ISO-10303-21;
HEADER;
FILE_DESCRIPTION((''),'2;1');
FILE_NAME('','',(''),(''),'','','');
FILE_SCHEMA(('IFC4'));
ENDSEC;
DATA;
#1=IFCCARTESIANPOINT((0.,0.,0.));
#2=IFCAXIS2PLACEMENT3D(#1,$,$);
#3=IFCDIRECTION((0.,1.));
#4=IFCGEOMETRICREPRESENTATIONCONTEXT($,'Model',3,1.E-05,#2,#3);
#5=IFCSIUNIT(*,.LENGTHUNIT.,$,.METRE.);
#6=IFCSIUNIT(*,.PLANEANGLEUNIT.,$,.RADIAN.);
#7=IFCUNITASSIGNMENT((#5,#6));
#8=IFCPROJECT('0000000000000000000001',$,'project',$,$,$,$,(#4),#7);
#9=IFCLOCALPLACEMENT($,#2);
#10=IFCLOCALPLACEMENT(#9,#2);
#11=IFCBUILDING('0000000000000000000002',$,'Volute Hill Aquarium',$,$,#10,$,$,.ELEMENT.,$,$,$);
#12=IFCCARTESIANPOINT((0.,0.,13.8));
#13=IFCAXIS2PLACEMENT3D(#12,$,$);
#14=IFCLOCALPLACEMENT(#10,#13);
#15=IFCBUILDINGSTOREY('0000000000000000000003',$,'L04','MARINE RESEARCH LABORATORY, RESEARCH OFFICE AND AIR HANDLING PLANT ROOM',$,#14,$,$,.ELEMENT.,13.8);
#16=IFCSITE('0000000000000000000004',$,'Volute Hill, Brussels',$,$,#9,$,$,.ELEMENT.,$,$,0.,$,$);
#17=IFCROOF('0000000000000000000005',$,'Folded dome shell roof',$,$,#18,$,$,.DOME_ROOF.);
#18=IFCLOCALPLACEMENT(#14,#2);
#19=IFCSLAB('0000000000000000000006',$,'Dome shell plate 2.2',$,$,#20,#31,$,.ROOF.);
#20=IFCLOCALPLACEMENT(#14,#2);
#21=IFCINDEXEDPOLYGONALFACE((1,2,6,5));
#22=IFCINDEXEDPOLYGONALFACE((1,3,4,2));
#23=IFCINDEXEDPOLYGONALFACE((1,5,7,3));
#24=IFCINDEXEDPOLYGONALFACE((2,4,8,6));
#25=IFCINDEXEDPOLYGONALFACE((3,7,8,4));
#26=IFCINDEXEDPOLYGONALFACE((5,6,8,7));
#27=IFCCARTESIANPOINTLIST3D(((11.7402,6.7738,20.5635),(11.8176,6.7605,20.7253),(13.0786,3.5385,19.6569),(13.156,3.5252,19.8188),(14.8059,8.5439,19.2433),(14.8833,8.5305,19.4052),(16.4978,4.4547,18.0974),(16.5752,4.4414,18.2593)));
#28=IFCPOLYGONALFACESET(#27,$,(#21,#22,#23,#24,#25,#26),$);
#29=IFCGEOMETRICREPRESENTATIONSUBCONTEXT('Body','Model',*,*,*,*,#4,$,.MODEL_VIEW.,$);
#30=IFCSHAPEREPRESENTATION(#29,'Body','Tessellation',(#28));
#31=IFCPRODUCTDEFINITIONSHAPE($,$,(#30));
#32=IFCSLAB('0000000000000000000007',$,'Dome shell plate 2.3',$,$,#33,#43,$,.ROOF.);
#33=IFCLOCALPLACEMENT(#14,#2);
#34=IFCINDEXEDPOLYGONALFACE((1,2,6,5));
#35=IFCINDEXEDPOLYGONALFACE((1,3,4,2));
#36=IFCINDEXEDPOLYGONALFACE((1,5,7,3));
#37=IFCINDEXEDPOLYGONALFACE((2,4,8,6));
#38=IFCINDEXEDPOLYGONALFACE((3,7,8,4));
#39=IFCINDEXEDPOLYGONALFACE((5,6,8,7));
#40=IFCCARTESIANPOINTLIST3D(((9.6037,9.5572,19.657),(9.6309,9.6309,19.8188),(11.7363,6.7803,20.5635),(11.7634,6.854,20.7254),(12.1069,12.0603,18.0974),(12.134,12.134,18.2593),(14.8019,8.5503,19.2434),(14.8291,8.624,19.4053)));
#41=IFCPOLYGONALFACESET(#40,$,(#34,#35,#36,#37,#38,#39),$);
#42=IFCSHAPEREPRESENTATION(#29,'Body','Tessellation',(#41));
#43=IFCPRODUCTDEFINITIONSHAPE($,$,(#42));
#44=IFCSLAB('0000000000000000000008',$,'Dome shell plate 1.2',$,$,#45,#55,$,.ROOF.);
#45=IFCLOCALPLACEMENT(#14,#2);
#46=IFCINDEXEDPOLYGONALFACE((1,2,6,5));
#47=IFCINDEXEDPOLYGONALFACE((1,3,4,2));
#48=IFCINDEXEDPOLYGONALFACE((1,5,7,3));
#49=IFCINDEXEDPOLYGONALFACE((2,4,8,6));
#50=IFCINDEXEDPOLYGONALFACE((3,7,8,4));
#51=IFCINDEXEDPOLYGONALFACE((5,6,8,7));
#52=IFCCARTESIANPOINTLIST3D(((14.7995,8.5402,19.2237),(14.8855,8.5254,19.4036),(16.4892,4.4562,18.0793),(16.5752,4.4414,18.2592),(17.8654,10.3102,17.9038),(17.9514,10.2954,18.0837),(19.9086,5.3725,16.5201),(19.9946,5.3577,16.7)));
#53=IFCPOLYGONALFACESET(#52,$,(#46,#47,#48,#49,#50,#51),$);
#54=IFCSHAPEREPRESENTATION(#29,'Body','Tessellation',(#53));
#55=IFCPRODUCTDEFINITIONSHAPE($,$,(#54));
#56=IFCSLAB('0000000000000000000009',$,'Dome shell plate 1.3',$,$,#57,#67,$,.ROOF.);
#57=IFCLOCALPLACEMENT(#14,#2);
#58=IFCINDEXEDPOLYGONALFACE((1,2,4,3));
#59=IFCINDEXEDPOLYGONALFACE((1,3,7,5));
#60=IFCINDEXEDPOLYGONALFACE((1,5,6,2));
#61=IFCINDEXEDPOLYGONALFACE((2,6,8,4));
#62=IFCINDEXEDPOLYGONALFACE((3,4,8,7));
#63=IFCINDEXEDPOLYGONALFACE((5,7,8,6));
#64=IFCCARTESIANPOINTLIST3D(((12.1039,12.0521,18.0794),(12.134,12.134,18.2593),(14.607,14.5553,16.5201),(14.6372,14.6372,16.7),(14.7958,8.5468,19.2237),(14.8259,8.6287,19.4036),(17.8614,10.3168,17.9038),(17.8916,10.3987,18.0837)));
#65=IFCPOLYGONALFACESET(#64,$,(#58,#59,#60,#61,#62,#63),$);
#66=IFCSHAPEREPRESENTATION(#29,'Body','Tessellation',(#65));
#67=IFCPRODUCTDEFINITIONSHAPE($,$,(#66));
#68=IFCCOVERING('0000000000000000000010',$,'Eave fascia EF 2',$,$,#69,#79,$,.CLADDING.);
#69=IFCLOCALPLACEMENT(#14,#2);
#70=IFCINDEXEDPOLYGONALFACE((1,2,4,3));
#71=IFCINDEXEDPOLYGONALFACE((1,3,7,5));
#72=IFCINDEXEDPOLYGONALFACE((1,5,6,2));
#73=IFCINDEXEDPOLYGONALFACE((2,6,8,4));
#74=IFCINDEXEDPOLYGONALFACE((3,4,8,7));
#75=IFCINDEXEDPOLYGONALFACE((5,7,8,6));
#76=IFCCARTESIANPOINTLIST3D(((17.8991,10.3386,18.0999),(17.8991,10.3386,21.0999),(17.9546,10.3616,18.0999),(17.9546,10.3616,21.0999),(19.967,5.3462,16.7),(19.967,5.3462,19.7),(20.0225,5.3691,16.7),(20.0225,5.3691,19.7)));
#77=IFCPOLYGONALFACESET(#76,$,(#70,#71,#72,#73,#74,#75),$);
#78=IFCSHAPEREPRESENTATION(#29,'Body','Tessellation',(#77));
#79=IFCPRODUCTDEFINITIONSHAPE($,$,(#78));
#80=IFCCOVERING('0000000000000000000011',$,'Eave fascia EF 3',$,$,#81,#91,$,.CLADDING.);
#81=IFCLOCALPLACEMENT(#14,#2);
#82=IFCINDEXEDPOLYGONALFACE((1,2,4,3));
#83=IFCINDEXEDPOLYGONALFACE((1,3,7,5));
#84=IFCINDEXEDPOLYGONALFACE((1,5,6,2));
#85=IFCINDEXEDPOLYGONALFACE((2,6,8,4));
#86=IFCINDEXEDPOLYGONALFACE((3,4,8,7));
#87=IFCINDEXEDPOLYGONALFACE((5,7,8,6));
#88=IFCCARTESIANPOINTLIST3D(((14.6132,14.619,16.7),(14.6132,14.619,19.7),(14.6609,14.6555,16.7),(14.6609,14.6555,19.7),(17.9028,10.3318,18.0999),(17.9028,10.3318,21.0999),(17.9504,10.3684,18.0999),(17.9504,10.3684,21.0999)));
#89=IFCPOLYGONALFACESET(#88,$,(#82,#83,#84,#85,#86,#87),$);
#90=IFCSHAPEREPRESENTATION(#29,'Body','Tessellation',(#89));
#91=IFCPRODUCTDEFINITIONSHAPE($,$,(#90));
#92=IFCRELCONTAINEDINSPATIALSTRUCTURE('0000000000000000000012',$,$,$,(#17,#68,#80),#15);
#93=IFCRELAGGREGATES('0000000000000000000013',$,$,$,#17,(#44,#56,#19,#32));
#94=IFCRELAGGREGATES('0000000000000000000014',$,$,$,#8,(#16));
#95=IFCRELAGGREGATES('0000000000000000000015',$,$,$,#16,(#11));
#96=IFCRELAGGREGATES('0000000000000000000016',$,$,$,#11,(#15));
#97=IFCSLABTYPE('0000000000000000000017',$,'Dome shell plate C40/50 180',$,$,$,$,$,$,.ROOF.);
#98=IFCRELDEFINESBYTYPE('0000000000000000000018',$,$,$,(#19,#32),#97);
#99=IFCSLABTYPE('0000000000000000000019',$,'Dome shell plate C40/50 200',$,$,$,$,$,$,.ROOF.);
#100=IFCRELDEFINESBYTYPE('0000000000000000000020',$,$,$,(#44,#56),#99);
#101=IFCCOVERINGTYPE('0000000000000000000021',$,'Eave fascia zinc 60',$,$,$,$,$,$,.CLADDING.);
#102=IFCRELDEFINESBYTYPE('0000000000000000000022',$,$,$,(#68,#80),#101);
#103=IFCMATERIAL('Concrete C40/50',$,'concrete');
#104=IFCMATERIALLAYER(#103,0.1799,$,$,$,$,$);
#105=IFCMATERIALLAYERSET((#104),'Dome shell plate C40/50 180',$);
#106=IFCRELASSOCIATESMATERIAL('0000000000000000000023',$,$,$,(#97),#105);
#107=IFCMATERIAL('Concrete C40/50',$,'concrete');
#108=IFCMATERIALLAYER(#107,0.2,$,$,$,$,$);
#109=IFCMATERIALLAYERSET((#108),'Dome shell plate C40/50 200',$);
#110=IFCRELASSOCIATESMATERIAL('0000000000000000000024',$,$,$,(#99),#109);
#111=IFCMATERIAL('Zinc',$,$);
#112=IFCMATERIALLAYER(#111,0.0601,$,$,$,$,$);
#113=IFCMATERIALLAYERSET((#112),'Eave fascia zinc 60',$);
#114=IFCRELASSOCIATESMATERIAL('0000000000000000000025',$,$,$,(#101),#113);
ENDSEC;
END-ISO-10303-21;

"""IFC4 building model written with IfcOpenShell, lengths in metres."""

from ifc_helpers import new_model, si_unit, direction, frame, origin, place, context, subcontext, project, spatial, polyline, outline, extrude, material, layer, layer_set, type_object, element, aggregate, save


model = new_model("IFC4")

# Units and contexts
model_context = context("Model", 3, precision=1e-05, world=origin(), true_north=direction((0.0, 1.0)))
body_context = subcontext(model_context, "Body", "Model", "MODEL_VIEW")
ifc_project = project(units=[si_unit("LENGTHUNIT", "METRE"), si_unit("PLANEANGLEUNIT", "RADIAN")], contexts=[model_context])

# Site, building, storey
site_placement = place(None, origin())
site = spatial("IfcSite", under=ifc_project, at=site_placement, Name="Volute Hill, Brussels", CompositionType="ELEMENT", RefElevation=0.0)
building_placement = place(site_placement, origin())
building = spatial("IfcBuilding", under=site, at=building_placement, Name="Volute Hill Aquarium", CompositionType="ELEMENT")
storey_placement = place(building_placement, frame((0.0, 0.0, 13.8)))
storey = spatial("IfcBuildingStorey", under=building, at=storey_placement, Name="L04", Description="MARINE RESEARCH LABORATORY, RESEARCH OFFICE AND AIR HANDLING PLANT ROOM", CompositionType="ELEMENT", Elevation=13.8)

# Roof, slabs
roof_placement = place(storey_placement, origin())
roof = element("IfcRoof", 1, at=roof_placement, inside=storey, Name="Folded dome shell roof", PredefinedType="DOME_ROOF")
ifc_material_1 = material(Name="Concrete C40/50", Category="concrete")
ifc_layer_1 = layer(ifc_material_1, 0.1799)
ifc_layer_set_1 = layer_set([ifc_layer_1], Name="Dome shell plate C40/50 180")
slab_type_1 = type_object("IfcSlabType", Name="Dome shell plate C40/50 180", PredefinedType="ROOF", material=ifc_layer_set_1)
slab_1_placement = place(storey_placement, frame((16.5752, 4.4414, 18.2593), z_axis=(0.430213, -0.074124, 0.899679), x_axis=(-0.370118, 0.894522, 0.250684)))
slab_1 = element("IfcSlab", 2, at=slab_1_placement, type_object=slab_type_1, Name="Dome shell plate 2.2", PredefinedType="ROOF", context=body_context, shape_type="SweptSolid", body=[
    extrude(outline(polyline([(0.0, 0.0), (4.5713, 0.0), (4.4535, 3.7762), (0.8369, 3.7765), (0.0, 0.0)])), origin(), (0.0, 0.0, -1.0), 0.1799),
])
slab_2_placement = place(storey_placement, frame((14.8291, 8.624, 19.4053), z_axis=(0.150917, 0.409612, 0.89969), x_axis=(-0.589561, 0.767837, -0.250687)))
slab_2 = element("IfcSlab", 3, at=slab_2_placement, type_object=slab_type_1, Name="Dome shell plate 2.3", PredefinedType="ROOF", context=body_context, shape_type="SweptSolid", body=[
    extrude(outline(polyline([(0.0, 0.0), (4.5713, 0.0), (3.7341, 3.7766), (0.1174, 3.7763), (0.0, 0.0)])), origin(), (0.0, 0.0, -1.0), 0.1799),
])
ifc_material_2 = material(Name="Concrete C40/50", Category="concrete")
ifc_layer_2 = layer(ifc_material_2, 0.2)
ifc_layer_set_2 = layer_set([ifc_layer_2], Name="Dome shell plate C40/50 200")
slab_type_2 = type_object("IfcSlabType", Name="Dome shell plate C40/50 200", PredefinedType="ROOF", material=ifc_layer_set_2)
slab_3_placement = place(storey_placement, frame((19.9946, 5.3577, 16.7), z_axis=(0.430136, -0.074142, 0.899715), x_axis=(-0.370149, 0.894512, 0.250674)))
slab_3 = element("IfcSlab", 4, at=slab_3_placement, type_object=slab_type_2, Name="Dome shell plate 1.2", PredefinedType="ROOF", context=body_context, shape_type="SweptSolid", body=[
    extrude(outline(polyline([(0.0, 0.0), (5.52, 0.0), (5.4024, 3.7764), (0.837, 3.7766), (0.0, 0.0)])), origin(), (0.0, 0.0, -1.0), 0.2),
])
slab_4_placement = place(storey_placement, frame((17.8916, 10.3987, 18.0837), z_axis=(0.150878, 0.409575, 0.899713), x_axis=(-0.589557, 0.767843, -0.250678)))
slab_4 = element("IfcSlab", 5, at=slab_4_placement, type_object=slab_type_2, Name="Dome shell plate 1.3", PredefinedType="ROOF", context=body_context, shape_type="SweptSolid", body=[
    extrude(outline(polyline([(0.0, 0.0), (5.5201, 0.0), (4.6829, 3.7766), (0.1174, 3.7762), (0.0, 0.0)])), origin(), (0.0, 0.0, -1.0), 0.2),
])
aggregate(roof, [slab_3, slab_4, slab_1, slab_2])

# Coverings
ifc_material_3 = material(Name="Zinc")
ifc_layer_3 = layer(ifc_material_3, 0.0601)
ifc_layer_set_3 = layer_set([ifc_layer_3], Name="Eave fascia zinc 60")
covering_type = type_object("IfcCoveringType", Name="Eave fascia zinc 60", PredefinedType="CLADDING", material=ifc_layer_set_3)
covering_1_placement = place(storey_placement, frame((20.0225, 5.3691, 16.7), z_axis=(0.923884, 0.382674, 0.0), x_axis=(-0.370445, 0.894359, 0.250783)))
element("IfcCovering", 6, at=covering_1_placement, inside=storey, type_object=covering_type, Name="Eave fascia EF 2", PredefinedType="CLADDING", context=body_context, shape_type="SweptSolid", body=[
    extrude(outline(polyline([(0.0, 0.0), (5.5821, 0.0), (6.3345, 2.9041), (0.7523, 2.9041), (0.0, 0.0)])), origin(), (0.0, 0.0, -1.0), 0.0601),
])
covering_2_placement = place(storey_placement, frame((17.9504, 10.3684, 18.0999), z_axis=(0.793359, 0.608754, 0.0), x_axis=(-0.5893, 0.768006, -0.250783)))
element("IfcCovering", 7, at=covering_2_placement, inside=storey, type_object=covering_type, Name="Eave fascia EF 3", PredefinedType="CLADDING", context=body_context, shape_type="SweptSolid", body=[
    extrude(outline(polyline([(0.0, 0.0), (5.5821, 0.0), (4.8298, 2.9041), (-0.7523, 2.9041), (0.0, 0.0)])), origin(), (0.0, 0.0, -1.0), 0.0601),
])

save(model, "model.ifc")
